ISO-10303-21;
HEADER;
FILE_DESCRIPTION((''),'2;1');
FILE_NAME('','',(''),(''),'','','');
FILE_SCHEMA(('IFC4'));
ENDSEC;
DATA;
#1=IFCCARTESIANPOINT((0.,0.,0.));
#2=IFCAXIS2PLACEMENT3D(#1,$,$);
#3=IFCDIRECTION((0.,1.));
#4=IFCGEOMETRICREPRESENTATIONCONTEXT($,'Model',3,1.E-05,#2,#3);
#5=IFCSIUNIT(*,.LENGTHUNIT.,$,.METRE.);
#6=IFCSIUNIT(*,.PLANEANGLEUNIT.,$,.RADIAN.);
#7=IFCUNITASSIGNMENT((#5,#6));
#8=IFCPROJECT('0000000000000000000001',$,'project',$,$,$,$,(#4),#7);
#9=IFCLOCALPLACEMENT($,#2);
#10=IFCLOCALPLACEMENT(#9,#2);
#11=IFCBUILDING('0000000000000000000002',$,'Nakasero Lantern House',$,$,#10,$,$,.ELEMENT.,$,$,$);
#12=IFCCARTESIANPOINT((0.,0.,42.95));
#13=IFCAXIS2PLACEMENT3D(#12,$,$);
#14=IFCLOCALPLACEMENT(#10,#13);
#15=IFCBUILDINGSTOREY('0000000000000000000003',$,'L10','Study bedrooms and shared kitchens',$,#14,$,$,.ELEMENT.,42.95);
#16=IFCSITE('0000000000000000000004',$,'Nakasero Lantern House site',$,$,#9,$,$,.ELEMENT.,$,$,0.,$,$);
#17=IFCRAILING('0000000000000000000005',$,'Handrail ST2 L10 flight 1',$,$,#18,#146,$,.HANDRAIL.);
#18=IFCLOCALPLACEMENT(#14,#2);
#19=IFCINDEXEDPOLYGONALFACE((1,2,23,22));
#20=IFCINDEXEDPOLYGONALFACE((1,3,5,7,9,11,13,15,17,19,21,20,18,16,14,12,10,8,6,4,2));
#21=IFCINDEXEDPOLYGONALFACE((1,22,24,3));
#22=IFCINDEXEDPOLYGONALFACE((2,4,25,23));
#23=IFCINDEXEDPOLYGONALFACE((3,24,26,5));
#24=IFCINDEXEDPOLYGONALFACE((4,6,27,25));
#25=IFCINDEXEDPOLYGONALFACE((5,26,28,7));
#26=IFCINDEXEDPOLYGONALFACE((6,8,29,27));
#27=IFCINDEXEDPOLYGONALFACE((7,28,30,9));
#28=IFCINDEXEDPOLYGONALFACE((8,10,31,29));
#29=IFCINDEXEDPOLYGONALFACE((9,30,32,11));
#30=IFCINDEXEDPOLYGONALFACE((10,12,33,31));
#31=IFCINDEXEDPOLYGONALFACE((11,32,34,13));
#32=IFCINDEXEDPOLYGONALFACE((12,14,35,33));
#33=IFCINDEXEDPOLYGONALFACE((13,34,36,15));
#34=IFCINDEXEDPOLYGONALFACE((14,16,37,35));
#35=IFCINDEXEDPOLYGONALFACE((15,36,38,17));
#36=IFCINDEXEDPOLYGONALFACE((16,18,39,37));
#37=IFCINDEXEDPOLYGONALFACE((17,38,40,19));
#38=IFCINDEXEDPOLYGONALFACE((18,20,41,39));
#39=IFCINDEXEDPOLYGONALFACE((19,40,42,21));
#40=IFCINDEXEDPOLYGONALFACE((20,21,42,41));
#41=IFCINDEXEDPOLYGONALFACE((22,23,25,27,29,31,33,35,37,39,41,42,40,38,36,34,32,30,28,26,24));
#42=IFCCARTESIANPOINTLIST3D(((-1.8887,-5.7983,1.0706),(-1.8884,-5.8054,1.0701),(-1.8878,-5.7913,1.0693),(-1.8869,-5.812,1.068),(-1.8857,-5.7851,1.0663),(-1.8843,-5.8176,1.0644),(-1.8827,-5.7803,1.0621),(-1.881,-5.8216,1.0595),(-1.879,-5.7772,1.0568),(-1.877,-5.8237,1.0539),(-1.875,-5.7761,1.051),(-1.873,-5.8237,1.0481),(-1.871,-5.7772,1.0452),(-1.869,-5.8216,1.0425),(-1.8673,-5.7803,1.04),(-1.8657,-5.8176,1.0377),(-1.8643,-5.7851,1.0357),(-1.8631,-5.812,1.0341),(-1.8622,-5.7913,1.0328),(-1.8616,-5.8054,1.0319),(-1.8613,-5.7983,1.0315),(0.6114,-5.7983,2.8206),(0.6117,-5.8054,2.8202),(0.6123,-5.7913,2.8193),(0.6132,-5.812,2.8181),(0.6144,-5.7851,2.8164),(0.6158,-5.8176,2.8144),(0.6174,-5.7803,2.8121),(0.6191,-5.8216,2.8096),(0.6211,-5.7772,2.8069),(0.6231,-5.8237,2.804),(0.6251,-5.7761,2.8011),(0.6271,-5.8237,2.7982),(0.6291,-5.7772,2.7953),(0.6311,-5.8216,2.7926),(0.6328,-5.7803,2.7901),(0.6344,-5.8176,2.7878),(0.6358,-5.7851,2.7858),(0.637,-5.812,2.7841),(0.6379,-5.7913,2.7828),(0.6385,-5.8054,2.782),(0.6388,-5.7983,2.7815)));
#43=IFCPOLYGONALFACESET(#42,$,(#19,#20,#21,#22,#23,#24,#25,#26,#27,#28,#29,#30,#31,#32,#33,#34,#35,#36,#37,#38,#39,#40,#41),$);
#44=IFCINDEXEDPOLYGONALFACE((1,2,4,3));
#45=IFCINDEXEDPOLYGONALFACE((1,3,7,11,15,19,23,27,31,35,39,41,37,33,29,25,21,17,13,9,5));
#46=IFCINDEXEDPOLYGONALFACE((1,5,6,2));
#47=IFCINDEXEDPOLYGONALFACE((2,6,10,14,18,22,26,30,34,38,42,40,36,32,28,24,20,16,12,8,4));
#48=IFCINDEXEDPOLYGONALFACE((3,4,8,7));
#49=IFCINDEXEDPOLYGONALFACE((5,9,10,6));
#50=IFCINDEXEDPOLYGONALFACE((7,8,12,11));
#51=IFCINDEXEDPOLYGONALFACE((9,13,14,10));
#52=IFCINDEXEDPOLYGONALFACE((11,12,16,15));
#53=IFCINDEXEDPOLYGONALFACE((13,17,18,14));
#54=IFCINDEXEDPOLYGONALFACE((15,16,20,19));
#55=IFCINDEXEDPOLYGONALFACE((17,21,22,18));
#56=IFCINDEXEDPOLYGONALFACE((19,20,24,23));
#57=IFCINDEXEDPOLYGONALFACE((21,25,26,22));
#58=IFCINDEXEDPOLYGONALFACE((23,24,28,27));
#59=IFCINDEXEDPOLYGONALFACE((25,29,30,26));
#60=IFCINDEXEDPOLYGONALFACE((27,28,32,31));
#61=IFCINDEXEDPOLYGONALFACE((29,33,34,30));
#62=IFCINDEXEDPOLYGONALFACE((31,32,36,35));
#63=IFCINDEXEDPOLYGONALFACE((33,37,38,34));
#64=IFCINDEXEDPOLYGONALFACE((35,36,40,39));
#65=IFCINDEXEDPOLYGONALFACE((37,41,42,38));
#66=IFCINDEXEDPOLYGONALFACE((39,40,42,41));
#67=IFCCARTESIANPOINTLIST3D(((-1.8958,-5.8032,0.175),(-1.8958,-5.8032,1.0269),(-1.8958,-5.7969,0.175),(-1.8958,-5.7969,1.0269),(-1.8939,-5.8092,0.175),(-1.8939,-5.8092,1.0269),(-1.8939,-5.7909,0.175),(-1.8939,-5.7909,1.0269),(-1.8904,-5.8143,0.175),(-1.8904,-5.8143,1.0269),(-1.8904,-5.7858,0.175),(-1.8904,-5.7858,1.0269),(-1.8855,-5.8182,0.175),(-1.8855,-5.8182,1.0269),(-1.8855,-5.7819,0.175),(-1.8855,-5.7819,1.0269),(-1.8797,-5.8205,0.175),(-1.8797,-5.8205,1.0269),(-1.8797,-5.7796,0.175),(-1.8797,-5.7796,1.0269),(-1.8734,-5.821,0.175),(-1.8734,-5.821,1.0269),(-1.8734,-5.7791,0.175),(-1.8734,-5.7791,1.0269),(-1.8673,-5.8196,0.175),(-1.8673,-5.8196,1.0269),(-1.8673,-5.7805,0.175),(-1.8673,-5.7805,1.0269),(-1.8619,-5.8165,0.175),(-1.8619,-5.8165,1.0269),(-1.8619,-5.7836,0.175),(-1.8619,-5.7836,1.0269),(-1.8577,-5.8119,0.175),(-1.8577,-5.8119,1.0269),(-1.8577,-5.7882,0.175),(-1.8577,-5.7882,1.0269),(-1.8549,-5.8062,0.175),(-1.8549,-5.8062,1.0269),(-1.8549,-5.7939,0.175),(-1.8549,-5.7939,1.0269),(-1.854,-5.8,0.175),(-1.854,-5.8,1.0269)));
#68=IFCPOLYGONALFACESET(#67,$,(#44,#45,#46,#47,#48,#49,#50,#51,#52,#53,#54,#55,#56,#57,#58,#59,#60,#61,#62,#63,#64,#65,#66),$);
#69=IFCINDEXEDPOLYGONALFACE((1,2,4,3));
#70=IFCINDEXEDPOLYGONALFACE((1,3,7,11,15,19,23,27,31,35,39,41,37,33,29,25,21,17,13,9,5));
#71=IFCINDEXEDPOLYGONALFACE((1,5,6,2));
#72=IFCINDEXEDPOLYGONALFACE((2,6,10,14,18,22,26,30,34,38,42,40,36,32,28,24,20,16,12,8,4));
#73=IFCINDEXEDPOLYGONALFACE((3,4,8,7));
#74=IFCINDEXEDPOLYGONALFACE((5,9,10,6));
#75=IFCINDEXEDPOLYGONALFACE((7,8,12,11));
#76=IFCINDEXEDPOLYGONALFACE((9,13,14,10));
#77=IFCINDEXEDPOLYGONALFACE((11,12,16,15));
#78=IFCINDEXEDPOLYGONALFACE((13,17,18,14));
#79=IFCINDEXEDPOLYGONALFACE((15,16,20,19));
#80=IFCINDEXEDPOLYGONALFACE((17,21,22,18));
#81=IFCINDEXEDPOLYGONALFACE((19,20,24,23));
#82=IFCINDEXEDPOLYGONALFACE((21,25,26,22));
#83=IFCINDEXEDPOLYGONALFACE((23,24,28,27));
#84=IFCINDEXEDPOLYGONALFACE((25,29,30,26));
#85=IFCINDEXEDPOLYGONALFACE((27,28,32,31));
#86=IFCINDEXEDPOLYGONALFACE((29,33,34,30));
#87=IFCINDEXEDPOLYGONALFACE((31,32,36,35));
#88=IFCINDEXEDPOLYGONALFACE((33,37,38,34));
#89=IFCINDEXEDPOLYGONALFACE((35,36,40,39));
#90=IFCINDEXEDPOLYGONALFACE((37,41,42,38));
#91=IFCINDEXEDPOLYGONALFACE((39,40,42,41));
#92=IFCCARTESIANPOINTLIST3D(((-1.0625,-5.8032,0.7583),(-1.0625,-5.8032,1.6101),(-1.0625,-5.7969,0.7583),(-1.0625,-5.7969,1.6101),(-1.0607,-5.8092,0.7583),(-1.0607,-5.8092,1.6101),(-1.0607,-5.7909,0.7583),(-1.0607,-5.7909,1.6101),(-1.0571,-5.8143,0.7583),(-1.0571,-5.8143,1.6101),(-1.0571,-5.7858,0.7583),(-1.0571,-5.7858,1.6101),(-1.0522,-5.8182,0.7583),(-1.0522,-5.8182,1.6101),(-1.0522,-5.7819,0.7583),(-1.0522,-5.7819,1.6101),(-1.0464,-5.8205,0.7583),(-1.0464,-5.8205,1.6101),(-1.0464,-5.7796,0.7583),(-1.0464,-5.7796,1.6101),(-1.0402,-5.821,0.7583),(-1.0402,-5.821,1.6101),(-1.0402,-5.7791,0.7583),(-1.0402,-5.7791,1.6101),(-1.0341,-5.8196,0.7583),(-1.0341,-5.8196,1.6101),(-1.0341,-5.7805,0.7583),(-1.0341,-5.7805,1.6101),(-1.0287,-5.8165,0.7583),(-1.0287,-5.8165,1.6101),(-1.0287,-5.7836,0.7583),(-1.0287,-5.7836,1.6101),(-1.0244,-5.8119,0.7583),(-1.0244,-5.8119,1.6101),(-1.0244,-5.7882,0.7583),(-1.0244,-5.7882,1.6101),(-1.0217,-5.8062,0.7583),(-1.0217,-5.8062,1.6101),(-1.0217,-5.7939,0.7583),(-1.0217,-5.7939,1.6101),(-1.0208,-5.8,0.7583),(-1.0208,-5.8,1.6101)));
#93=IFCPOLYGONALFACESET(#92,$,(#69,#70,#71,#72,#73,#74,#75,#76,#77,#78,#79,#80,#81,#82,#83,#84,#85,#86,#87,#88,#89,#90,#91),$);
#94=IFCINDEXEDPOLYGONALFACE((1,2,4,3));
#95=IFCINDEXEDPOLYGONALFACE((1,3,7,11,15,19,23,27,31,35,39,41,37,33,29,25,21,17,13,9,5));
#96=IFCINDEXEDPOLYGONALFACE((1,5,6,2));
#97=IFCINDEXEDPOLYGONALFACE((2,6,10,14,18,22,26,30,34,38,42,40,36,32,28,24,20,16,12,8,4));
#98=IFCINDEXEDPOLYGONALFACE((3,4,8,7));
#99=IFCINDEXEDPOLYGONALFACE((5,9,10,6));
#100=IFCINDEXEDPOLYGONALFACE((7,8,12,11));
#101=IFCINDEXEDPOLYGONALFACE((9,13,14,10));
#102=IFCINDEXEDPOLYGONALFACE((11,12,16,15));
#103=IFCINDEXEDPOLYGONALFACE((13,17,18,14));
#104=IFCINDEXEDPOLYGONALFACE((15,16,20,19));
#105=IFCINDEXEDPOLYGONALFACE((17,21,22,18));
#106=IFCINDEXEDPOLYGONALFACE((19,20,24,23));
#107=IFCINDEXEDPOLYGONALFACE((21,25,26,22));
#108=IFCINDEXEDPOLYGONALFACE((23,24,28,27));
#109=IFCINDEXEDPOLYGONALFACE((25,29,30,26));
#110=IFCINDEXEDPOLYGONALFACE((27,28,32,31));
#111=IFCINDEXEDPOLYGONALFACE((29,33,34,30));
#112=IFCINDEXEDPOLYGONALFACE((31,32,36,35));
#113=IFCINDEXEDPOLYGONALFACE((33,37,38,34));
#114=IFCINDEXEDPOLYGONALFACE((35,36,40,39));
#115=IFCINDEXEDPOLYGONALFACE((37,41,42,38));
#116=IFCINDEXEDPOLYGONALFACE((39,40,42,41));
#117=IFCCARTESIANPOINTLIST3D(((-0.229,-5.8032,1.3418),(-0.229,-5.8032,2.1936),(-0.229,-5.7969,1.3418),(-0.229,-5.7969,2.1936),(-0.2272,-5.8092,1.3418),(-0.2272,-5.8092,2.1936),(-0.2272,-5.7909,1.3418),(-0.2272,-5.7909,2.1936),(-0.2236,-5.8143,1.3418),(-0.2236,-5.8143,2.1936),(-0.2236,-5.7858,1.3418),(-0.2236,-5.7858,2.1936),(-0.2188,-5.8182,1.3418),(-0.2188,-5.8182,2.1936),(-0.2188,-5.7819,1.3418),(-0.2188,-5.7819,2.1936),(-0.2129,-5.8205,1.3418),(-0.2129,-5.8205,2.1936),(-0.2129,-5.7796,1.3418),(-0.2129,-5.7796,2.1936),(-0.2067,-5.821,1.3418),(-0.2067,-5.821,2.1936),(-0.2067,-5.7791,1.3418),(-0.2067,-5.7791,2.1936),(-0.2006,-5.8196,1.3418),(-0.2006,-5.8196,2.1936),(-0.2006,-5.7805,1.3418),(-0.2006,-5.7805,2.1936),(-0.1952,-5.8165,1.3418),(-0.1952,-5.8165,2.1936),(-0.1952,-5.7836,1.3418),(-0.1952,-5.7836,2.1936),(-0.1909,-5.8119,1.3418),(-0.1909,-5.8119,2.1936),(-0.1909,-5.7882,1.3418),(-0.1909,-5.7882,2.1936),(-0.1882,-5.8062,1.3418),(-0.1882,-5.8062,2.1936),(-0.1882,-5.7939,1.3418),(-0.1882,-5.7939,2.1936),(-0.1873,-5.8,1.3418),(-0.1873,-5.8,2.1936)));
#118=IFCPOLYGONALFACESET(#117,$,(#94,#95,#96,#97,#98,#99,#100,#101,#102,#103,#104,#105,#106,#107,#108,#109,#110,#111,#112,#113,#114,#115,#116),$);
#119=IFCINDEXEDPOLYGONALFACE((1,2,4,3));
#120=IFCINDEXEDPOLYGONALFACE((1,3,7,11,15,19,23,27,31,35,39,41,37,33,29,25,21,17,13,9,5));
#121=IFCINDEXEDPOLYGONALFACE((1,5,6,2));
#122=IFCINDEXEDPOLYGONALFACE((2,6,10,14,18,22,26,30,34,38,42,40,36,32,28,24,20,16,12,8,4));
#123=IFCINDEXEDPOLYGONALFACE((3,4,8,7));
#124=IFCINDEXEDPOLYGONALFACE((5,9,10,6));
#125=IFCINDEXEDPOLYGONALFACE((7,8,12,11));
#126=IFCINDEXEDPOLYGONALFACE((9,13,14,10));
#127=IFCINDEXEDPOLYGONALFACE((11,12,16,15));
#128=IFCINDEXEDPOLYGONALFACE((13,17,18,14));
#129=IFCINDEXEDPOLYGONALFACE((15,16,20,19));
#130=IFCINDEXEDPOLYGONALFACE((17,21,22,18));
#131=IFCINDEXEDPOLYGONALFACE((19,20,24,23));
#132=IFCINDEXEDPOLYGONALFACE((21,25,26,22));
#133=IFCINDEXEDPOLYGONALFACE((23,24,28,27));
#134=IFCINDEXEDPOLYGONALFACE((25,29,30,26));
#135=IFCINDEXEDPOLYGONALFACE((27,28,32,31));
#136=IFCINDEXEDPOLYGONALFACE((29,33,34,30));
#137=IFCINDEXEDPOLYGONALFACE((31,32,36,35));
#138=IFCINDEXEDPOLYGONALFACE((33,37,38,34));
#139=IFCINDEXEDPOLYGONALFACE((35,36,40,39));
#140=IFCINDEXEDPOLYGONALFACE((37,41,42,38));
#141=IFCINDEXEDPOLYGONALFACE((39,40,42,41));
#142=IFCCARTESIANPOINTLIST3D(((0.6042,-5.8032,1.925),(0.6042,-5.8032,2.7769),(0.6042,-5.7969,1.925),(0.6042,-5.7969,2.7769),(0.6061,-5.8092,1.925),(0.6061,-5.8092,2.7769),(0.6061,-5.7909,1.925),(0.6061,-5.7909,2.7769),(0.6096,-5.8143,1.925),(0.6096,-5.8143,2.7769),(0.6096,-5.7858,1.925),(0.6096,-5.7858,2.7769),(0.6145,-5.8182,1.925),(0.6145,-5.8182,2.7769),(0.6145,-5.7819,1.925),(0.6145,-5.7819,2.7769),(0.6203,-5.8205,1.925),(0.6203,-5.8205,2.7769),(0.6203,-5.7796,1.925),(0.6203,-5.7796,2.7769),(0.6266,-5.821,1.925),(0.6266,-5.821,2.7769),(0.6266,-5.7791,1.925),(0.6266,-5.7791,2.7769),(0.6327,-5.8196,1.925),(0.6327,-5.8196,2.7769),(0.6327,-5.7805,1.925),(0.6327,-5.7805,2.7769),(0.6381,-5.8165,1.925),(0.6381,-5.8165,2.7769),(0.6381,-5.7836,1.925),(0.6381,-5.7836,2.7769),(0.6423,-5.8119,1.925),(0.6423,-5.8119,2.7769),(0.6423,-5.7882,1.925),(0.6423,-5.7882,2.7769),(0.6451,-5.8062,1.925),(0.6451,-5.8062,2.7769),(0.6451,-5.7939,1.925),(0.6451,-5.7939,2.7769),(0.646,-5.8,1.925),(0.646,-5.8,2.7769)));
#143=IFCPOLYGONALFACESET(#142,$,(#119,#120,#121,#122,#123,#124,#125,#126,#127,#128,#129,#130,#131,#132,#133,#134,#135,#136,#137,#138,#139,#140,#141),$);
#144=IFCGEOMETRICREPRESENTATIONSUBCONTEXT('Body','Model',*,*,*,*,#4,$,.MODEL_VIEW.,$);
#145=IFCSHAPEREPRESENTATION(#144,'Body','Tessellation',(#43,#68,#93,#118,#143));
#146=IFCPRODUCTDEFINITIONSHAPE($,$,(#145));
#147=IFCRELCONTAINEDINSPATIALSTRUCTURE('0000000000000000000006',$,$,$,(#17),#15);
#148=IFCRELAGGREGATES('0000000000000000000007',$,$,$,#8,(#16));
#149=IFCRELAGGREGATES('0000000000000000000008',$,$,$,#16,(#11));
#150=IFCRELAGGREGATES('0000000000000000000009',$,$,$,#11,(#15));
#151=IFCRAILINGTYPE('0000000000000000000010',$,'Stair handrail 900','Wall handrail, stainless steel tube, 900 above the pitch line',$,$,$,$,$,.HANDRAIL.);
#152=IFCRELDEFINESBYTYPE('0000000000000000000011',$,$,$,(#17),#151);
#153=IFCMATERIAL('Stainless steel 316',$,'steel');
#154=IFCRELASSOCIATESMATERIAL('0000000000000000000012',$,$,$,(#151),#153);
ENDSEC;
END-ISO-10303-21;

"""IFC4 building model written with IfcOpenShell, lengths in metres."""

from ifc_helpers import new_model, si_unit, direction, frame, origin, origin_2d, place, context, subcontext, project, spatial, circle, extrude, material, type_object, element, save


model = new_model("IFC4")

# Units and contexts
model_context = context("Model", 3, precision=1e-05, world=origin(), true_north=direction((0.0, 1.0)))
body_context = subcontext(model_context, "Body", "Model", "MODEL_VIEW")
ifc_project = project(units=[si_unit("LENGTHUNIT", "METRE"), si_unit("PLANEANGLEUNIT", "RADIAN")], contexts=[model_context])

# Site, building, storey
site_placement = place(None, origin())
site = spatial("IfcSite", under=ifc_project, at=site_placement, Name="Nakasero Lantern House site", CompositionType="ELEMENT", RefElevation=0.0)
building_placement = place(site_placement, origin())
building = spatial("IfcBuilding", under=site, at=building_placement, Name="Nakasero Lantern House", CompositionType="ELEMENT")
storey_placement = place(building_placement, frame((0.0, 0.0, 42.95)))
storey = spatial("IfcBuildingStorey", under=building, at=storey_placement, Name="L10", Description="Study bedrooms and shared kitchens", CompositionType="ELEMENT", Elevation=42.95)

# Railing
ifc_material_1 = material(Name="Stainless steel 316", Category="steel")
railing_type = type_object("IfcRailingType", Name="Stair handrail 900", Description="Wall handrail, stainless steel tube, 900 above the pitch line", PredefinedType="HANDRAIL", material=ifc_material_1)
railing_placement = place(storey_placement, frame((-1.875, -5.8, 0.175)))
element("IfcRailing", 1, at=railing_placement, inside=storey, type_object=railing_type, Name="Handrail ST2 L10 flight 1", PredefinedType="HANDRAIL", context=body_context, shape_type="SweptSolid", body=[
    extrude(circle(Radius=0.0239, at=origin_2d()), frame((0.0, 0.0, 0.876), z_axis=(0.819232, 0.0, 0.573462), x_axis=(0.0, 1.0, 0.0)), (0.0, 0.0, 1.0), 3.0518),
    extrude(circle(Radius=0.021, at=origin_2d()), origin(), (0.0, 0.0, 1.0), 0.8518),
    extrude(circle(Radius=0.021, at=origin_2d()), frame((0.8333, 0.0, 0.5833)), (0.0, 0.0, 1.0), 0.8518),
    extrude(circle(Radius=0.021, at=origin_2d()), frame((1.6667, 0.0, 1.1667)), (0.0, 0.0, 1.0), 0.8518),
    extrude(circle(Radius=0.021, at=origin_2d()), frame((2.5, 0.0, 1.75)), (0.0, 0.0, 1.0), 0.8518),
])

save(model, "model.ifc")
